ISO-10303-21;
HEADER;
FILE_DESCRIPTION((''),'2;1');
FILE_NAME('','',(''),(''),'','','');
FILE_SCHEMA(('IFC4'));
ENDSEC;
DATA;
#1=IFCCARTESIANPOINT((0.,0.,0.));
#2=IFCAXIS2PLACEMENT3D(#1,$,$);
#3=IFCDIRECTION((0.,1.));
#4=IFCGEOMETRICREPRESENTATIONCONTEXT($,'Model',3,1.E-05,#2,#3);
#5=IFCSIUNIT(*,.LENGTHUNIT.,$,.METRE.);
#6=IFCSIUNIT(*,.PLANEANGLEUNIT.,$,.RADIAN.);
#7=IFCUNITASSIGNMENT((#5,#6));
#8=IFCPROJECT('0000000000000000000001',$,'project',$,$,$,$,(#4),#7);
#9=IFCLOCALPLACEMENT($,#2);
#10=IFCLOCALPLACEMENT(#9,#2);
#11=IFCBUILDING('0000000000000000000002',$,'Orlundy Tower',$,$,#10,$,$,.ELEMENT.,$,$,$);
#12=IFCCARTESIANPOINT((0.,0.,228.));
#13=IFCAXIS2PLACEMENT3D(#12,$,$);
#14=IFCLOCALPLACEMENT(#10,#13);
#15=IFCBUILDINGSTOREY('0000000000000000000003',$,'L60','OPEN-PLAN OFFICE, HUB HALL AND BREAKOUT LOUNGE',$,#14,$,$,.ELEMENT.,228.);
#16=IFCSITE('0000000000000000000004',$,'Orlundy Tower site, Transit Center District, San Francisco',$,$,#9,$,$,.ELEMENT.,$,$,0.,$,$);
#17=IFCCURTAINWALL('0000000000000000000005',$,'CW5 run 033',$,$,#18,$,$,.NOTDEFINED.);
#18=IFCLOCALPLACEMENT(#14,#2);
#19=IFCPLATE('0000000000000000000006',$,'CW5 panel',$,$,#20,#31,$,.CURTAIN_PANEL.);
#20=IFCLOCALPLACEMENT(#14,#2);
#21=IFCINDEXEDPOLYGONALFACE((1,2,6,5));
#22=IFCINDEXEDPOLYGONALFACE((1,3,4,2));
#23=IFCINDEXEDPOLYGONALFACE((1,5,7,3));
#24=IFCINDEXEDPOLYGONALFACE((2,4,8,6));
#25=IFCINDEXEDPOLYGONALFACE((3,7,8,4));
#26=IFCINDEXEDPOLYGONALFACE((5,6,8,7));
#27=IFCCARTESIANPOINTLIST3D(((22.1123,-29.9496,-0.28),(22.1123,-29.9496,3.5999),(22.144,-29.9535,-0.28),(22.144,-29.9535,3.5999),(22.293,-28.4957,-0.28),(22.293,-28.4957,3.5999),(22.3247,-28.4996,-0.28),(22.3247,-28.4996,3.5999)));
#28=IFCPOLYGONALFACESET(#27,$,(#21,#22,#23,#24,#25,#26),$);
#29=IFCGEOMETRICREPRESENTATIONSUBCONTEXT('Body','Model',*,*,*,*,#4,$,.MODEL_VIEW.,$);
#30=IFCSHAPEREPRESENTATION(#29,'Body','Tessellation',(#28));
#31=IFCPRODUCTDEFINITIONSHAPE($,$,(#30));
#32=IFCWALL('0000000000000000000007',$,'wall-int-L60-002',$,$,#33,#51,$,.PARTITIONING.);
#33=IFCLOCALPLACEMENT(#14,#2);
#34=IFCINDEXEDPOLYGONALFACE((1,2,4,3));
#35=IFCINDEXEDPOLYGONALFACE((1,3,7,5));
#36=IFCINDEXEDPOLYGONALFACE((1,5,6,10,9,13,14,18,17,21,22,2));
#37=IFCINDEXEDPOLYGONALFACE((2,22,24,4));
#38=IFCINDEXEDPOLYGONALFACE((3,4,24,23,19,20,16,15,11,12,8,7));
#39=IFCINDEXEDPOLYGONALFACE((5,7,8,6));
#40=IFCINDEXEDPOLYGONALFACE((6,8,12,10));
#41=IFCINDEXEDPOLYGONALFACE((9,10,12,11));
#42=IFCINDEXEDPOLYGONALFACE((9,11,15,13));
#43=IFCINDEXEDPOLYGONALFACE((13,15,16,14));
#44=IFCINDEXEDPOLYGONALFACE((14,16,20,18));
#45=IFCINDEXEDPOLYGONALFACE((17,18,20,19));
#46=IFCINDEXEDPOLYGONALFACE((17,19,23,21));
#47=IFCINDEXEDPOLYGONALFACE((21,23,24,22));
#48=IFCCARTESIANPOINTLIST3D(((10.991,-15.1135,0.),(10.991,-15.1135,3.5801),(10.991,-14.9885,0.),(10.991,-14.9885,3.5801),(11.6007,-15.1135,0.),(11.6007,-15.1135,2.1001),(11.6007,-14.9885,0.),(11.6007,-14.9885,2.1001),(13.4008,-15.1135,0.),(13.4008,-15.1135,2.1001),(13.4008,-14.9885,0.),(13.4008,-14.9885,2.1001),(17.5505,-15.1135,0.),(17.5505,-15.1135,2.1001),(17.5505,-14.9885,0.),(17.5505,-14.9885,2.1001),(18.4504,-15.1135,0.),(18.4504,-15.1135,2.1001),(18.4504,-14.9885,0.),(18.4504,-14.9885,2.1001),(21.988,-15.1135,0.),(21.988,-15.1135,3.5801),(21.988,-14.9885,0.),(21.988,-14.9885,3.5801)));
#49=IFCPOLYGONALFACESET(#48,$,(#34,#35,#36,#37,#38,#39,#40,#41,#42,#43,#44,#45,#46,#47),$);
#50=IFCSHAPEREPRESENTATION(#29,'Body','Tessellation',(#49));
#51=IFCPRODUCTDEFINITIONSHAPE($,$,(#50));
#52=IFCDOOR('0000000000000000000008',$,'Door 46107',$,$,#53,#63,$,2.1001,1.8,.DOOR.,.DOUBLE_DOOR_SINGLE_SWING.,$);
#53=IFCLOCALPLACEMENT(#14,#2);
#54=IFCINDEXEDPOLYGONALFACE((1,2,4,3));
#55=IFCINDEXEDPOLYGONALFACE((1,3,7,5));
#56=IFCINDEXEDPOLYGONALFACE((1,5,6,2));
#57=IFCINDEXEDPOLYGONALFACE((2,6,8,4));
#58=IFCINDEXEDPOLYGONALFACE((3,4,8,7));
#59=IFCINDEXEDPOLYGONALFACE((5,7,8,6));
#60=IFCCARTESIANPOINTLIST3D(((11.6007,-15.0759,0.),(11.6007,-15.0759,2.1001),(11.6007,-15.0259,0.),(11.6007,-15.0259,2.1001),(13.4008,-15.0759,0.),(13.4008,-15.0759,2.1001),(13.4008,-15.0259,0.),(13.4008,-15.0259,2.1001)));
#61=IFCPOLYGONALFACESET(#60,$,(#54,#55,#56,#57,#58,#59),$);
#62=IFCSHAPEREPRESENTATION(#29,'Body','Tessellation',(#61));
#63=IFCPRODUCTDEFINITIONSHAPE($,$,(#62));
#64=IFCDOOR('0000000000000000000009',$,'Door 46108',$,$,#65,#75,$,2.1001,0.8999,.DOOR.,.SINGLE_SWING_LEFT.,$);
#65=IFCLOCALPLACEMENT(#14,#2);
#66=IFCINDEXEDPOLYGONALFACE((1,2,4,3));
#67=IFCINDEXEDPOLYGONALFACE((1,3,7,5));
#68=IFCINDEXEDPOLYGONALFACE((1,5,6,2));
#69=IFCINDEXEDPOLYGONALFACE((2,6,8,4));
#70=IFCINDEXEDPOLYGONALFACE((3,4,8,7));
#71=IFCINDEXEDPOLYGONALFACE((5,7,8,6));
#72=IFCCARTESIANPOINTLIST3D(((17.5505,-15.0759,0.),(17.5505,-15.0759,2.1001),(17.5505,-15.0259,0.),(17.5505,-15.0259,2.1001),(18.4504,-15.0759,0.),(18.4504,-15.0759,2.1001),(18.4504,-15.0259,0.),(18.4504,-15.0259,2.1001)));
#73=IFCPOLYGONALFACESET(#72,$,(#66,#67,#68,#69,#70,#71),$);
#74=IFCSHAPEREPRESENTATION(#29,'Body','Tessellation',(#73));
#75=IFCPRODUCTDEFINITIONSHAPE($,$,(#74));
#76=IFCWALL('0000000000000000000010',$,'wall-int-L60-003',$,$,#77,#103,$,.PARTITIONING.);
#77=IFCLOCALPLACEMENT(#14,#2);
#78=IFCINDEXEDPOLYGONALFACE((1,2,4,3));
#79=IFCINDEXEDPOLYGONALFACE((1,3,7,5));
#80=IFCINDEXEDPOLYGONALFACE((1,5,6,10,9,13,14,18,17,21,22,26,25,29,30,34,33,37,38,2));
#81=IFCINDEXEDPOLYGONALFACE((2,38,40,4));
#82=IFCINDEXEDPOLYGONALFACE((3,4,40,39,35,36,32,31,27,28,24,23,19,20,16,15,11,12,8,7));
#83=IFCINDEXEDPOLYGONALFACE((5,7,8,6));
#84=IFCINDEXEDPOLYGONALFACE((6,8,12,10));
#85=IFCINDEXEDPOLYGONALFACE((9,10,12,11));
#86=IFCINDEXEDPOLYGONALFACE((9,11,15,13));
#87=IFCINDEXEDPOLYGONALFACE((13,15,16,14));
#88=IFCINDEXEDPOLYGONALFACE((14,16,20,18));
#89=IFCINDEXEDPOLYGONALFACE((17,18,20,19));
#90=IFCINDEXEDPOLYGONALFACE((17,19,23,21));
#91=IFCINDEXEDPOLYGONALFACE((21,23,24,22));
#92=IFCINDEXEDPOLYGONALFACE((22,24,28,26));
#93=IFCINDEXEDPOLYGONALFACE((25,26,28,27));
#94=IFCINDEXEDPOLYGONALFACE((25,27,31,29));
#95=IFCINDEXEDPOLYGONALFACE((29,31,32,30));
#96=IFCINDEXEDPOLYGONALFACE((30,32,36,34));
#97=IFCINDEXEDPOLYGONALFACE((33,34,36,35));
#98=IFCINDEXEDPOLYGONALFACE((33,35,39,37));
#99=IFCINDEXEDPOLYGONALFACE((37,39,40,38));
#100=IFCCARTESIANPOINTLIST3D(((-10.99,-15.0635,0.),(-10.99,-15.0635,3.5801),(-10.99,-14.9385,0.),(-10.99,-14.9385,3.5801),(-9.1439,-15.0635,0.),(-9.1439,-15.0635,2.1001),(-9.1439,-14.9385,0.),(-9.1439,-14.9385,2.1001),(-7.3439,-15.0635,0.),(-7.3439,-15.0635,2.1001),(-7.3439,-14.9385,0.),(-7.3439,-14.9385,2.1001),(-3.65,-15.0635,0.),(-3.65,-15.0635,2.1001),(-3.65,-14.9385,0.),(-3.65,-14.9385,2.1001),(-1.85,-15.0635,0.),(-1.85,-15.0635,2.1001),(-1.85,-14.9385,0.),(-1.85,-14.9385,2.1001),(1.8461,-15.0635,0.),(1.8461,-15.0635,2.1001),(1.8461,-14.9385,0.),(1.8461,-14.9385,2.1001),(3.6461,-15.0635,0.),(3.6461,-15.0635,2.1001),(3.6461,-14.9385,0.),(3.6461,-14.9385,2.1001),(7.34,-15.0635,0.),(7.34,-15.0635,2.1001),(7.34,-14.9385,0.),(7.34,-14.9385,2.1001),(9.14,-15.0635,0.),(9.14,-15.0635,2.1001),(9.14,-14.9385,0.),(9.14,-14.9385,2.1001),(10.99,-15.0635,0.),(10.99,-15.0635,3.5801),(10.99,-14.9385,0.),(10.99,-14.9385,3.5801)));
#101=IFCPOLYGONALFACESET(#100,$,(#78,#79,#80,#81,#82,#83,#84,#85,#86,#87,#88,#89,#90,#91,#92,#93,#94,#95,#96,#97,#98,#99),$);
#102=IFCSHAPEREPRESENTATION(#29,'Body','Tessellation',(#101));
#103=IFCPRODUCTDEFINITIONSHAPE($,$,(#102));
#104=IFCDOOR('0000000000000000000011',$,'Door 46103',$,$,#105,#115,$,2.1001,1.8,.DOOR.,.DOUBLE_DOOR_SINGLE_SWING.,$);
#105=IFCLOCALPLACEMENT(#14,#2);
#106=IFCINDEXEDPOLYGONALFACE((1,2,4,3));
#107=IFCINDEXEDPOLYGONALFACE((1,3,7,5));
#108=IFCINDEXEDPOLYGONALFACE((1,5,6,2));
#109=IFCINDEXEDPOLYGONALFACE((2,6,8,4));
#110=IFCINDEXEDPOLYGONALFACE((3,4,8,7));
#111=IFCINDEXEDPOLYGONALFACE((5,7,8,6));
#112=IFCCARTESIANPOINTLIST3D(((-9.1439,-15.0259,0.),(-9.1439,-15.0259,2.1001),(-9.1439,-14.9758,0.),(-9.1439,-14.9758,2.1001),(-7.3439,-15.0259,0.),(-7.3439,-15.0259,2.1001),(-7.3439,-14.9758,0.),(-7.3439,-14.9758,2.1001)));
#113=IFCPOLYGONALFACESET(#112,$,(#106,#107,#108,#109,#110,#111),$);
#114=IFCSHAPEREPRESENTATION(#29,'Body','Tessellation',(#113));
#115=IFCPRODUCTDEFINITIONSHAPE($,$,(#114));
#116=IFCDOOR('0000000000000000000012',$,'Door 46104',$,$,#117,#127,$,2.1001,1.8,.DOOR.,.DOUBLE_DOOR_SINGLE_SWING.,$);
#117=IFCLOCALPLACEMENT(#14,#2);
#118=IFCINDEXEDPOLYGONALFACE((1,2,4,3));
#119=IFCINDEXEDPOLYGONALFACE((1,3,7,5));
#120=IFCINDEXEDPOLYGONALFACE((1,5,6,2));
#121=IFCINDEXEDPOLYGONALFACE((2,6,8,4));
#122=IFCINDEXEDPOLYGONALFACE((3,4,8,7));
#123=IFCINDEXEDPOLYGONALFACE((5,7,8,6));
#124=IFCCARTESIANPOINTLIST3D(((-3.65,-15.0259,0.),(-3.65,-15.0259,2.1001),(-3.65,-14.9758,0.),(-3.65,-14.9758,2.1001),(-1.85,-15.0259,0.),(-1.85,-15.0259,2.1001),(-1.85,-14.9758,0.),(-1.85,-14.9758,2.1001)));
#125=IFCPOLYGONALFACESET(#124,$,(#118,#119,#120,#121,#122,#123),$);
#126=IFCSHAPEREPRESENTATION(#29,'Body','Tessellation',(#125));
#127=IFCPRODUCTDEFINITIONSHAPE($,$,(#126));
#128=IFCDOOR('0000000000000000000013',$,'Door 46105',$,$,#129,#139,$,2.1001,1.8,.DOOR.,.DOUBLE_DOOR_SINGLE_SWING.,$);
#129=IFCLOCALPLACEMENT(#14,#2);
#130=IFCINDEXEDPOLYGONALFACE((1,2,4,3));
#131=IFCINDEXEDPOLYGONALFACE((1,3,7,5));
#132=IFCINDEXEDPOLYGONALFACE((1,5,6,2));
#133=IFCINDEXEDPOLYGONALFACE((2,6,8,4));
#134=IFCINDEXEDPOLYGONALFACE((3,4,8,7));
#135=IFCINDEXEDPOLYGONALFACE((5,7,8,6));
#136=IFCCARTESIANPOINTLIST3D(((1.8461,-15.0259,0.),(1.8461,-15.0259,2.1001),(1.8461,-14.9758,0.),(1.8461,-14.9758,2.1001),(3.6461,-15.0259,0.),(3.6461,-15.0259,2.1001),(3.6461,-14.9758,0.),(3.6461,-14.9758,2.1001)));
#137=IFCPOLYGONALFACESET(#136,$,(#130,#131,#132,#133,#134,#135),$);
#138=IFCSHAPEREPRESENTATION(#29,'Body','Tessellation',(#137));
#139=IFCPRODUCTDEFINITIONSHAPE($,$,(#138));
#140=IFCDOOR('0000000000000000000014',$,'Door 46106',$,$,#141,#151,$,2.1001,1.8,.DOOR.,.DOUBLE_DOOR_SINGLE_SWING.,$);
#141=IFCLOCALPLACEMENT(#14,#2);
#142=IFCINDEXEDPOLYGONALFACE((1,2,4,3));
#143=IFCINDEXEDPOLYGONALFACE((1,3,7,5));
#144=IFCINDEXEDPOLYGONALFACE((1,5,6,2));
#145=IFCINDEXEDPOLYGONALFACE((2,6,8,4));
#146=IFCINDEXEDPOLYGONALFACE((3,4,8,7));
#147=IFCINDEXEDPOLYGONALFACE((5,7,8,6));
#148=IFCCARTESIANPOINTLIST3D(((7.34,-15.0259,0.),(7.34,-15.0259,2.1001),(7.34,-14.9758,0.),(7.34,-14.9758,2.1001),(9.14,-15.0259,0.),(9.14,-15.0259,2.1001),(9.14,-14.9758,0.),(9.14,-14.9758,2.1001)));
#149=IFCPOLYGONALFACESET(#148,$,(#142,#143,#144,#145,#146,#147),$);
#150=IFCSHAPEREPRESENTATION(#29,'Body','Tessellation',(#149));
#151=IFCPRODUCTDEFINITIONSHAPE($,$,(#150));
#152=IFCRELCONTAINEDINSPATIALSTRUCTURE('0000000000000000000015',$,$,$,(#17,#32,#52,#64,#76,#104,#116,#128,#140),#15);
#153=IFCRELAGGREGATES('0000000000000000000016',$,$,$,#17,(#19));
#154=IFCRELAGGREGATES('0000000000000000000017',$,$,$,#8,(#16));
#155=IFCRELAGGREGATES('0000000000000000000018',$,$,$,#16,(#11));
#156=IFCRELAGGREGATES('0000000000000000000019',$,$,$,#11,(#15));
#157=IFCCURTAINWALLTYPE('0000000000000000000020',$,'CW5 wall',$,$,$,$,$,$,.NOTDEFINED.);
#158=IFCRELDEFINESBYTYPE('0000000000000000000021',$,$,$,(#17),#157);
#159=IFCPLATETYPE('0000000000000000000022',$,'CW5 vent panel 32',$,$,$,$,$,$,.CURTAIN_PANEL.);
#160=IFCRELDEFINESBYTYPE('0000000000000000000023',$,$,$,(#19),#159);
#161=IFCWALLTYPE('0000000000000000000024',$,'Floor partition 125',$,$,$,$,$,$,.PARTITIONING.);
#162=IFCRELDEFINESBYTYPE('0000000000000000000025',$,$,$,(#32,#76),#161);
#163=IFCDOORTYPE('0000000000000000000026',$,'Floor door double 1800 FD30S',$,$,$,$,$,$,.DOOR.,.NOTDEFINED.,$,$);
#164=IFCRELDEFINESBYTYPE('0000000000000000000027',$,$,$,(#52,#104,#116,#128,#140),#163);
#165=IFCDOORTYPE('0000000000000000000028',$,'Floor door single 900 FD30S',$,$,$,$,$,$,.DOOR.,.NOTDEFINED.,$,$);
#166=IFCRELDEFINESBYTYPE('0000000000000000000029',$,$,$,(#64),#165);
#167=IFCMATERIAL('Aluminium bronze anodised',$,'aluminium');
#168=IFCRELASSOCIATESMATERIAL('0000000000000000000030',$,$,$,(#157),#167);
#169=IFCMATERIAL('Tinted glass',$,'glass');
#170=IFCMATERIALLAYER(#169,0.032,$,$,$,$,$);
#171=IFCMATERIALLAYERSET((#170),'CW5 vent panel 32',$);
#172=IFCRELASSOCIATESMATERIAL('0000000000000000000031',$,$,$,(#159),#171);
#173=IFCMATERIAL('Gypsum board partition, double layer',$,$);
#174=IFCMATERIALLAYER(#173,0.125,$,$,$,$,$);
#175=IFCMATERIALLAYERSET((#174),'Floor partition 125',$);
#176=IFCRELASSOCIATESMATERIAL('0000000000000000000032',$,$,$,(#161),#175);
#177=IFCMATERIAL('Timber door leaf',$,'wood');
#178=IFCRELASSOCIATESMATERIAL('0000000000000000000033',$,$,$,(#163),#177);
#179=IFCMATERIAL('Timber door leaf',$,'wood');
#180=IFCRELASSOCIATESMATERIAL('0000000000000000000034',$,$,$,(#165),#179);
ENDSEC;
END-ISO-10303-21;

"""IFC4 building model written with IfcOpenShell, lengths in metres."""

from ifc_helpers import new_model, si_unit, direction, frame, frame_2d, origin, origin_2d, place, context, subcontext, project, spatial, rectangle, extrude, material, layer, layer_set, type_object, element, fill, aggregate, save


model = new_model("IFC4")

# Units and contexts
model_context = context("Model", 3, precision=1e-05, world=origin(), true_north=direction((0.0, 1.0)))
body_context = subcontext(model_context, "Body", "Model", "MODEL_VIEW")
ifc_project = project(units=[si_unit("LENGTHUNIT", "METRE"), si_unit("PLANEANGLEUNIT", "RADIAN")], contexts=[model_context])

# Site, building, storey
site_placement = place(None, origin())
site = spatial("IfcSite", under=ifc_project, at=site_placement, Name="Orlundy Tower site, Transit Center District, San Francisco", CompositionType="ELEMENT", RefElevation=0.0)
building_placement = place(site_placement, origin())
building = spatial("IfcBuilding", under=site, at=building_placement, Name="Orlundy Tower", CompositionType="ELEMENT")
storey_placement = place(building_placement, frame((0.0, 0.0, 228.0)))
storey = spatial("IfcBuildingStorey", under=building, at=storey_placement, Name="L60", Description="OPEN-PLAN OFFICE, HUB HALL AND BREAKOUT LOUNGE", CompositionType="ELEMENT", Elevation=228.0)

# Curtain wall
ifc_material_1 = material(Name="Aluminium bronze anodised", Category="aluminium")
curtain_wall_type = type_object("IfcCurtainWallType", Name="CW5 wall", PredefinedType="NOTDEFINED", material=ifc_material_1)
curtain_wall_1_placement = place(storey_placement, origin())
curtain_wall_1 = element("IfcCurtainWall", 1, at=curtain_wall_1_placement, inside=storey, type_object=curtain_wall_type, Name="CW5 run 033", PredefinedType="NOTDEFINED")

# Shared definitions
ifc_material_2 = material(Name="Tinted glass", Category="glass")
ifc_layer_1 = layer(ifc_material_2, 0.032)
ifc_layer_set_1 = layer_set([ifc_layer_1], Name="CW5 vent panel 32")
plate_type_1 = type_object("IfcPlateType", Name="CW5 vent panel 32", PredefinedType="CURTAIN_PANEL", material=ifc_layer_set_1)

# Plate
plate_1_placement = place(storey_placement, frame((22.2185, -29.2246, -0.28), z_axis=(0.0, 0.0, 1.0), x_axis=(-0.123304, -0.992369, 0.0)))
plate_1 = element("IfcPlate", 2, at=plate_1_placement, type_object=plate_type_1, Name="CW5 panel", PredefinedType="CURTAIN_PANEL", context=body_context, shape_type="SweptSolid", body=[
    extrude(rectangle(XDim=1.4651, YDim=0.032, at=origin_2d()), origin(), (0.0, 0.0, 1.0), 3.8799),
])
aggregate(curtain_wall_1, [plate_1])

# Walls, openings, doors
ifc_material_3 = material(Name="Gypsum board partition, double layer")
ifc_layer_2 = layer(ifc_material_3, 0.125)
ifc_layer_set_2 = layer_set([ifc_layer_2], Name="Floor partition 125")
wall_type = type_object("IfcWallType", Name="Floor partition 125", PredefinedType="PARTITIONING", material=ifc_layer_set_2)
wall_1_placement = place(storey_placement, frame((21.988, -15.051, 0.0), z_axis=(0.0, 0.0, 1.0), x_axis=(-1.0, 0.0, 0.0)))
wall_1 = element("IfcWall", 3, at=wall_1_placement, inside=storey, type_object=wall_type, Name="wall-int-L60-002", PredefinedType="PARTITIONING", context=body_context, shape_type="SweptSolid", body=[
    extrude(rectangle(XDim=10.9971, YDim=0.125, at=frame_2d((5.4985, 0.0))), origin(), (0.0, 0.0, 1.0), 3.5801),
])
opening_1_placement = place(wall_1_placement, frame((8.5874, 0.0, 0.0)))
opening_1 = element("IfcOpeningElement", 4, at=opening_1_placement, cuts=wall_1, PredefinedType="OPENING", context=body_context, shape_type="SweptSolid", body=[
    extrude(rectangle(XDim=1.8, YDim=2.1001, at=frame_2d((0.8999, 1.05))), frame((0.0, 0.0725, 0.0), z_axis=(0.0, -1.0, 0.0), x_axis=(1.0, 0.0, 0.0)), (0.0, 0.0, 1.0), 0.145),
])
opening_2_placement = place(wall_1_placement, frame((3.5376, 0.0, 0.0)))
opening_2 = element("IfcOpeningElement", 5, at=opening_2_placement, cuts=wall_1, PredefinedType="OPENING", context=body_context, shape_type="SweptSolid", body=[
    extrude(rectangle(XDim=0.8999, YDim=2.1001, at=frame_2d((0.45, 1.05))), frame((0.0, 0.0725, 0.0), z_axis=(0.0, -1.0, 0.0), x_axis=(1.0, 0.0, 0.0)), (0.0, 0.0, 1.0), 0.145),
])
ifc_material_4 = material(Name="Timber door leaf", Category="wood")
door_type_1 = type_object("IfcDoorType", Name="Floor door double 1800 FD30S", OperationType="NOTDEFINED", PredefinedType="DOOR", material=ifc_material_4)
door_1_placement = place(opening_1_placement, origin())
door_1 = element("IfcDoor", 6, at=door_1_placement, inside=storey, type_object=door_type_1, Name="Door 46107", OperationType="DOUBLE_DOOR_SINGLE_SWING", OverallHeight=2.1001, OverallWidth=1.8, PredefinedType="DOOR", context=body_context, shape_type="SweptSolid", body=[
    extrude(rectangle(XDim=1.8, YDim=2.1001, at=frame_2d((0.8999, 1.05))), frame((0.0, 0.0249, 0.0), z_axis=(0.0, -1.0, 0.0), x_axis=(1.0, 0.0, 0.0)), (0.0, 0.0, 1.0), 0.05),
])
fill(opening_1, door_1)
ifc_material_5 = material(Name="Timber door leaf", Category="wood")
door_type_2 = type_object("IfcDoorType", Name="Floor door single 900 FD30S", OperationType="NOTDEFINED", PredefinedType="DOOR", material=ifc_material_5)
door_2_placement = place(opening_2_placement, origin())
door_2 = element("IfcDoor", 7, at=door_2_placement, inside=storey, type_object=door_type_2, Name="Door 46108", OperationType="SINGLE_SWING_LEFT", OverallHeight=2.1001, OverallWidth=0.8999, PredefinedType="DOOR", context=body_context, shape_type="SweptSolid", body=[
    extrude(rectangle(XDim=0.8999, YDim=2.1001, at=frame_2d((0.45, 1.05))), frame((0.0, 0.0249, 0.0), z_axis=(0.0, -1.0, 0.0), x_axis=(1.0, 0.0, 0.0)), (0.0, 0.0, 1.0), 0.05),
])
fill(opening_2, door_2)
wall_2_placement = place(storey_placement, frame((10.99, -15.001, 0.0), z_axis=(0.0, 0.0, 1.0), x_axis=(-1.0, 0.0, 0.0)))
wall_2 = element("IfcWall", 8, at=wall_2_placement, inside=storey, type_object=wall_type, Name="wall-int-L60-003", PredefinedType="PARTITIONING", context=body_context, shape_type="SweptSolid", body=[
    extrude(rectangle(XDim=21.98, YDim=0.125, at=frame_2d((10.99, 0.0))), origin(), (0.0, 0.0, 1.0), 3.5801),
])
opening_3_placement = place(wall_2_placement, frame((18.334, 0.0, 0.0)))
opening_3 = element("IfcOpeningElement", 9, at=opening_3_placement, cuts=wall_2, PredefinedType="OPENING", context=body_context, shape_type="SweptSolid", body=[
    extrude(rectangle(XDim=1.8, YDim=2.1001, at=frame_2d((0.8999, 1.05))), frame((0.0, 0.0725, 0.0), z_axis=(0.0, -1.0, 0.0), x_axis=(1.0, 0.0, 0.0)), (0.0, 0.0, 1.0), 0.145),
])
opening_4_placement = place(wall_2_placement, frame((12.8401, 0.0, 0.0)))
opening_4 = element("IfcOpeningElement", 10, at=opening_4_placement, cuts=wall_2, PredefinedType="OPENING", context=body_context, shape_type="SweptSolid", body=[
    extrude(rectangle(XDim=1.8, YDim=2.1001, at=frame_2d((0.8999, 1.05))), frame((0.0, 0.0725, 0.0), z_axis=(0.0, -1.0, 0.0), x_axis=(1.0, 0.0, 0.0)), (0.0, 0.0, 1.0), 0.145),
])
opening_5_placement = place(wall_2_placement, frame((7.344, 0.0, 0.0)))
opening_5 = element("IfcOpeningElement", 11, at=opening_5_placement, cuts=wall_2, PredefinedType="OPENING", context=body_context, shape_type="SweptSolid", body=[
    extrude(rectangle(XDim=1.8, YDim=2.1001, at=frame_2d((0.8999, 1.05))), frame((0.0, 0.0725, 0.0), z_axis=(0.0, -1.0, 0.0), x_axis=(1.0, 0.0, 0.0)), (0.0, 0.0, 1.0), 0.145),
])
opening_6_placement = place(wall_2_placement, frame((1.8501, 0.0, 0.0)))
opening_6 = element("IfcOpeningElement", 12, at=opening_6_placement, cuts=wall_2, PredefinedType="OPENING", context=body_context, shape_type="SweptSolid", body=[
    extrude(rectangle(XDim=1.8, YDim=2.1001, at=frame_2d((0.8999, 1.05))), frame((0.0, 0.0725, 0.0), z_axis=(0.0, -1.0, 0.0), x_axis=(1.0, 0.0, 0.0)), (0.0, 0.0, 1.0), 0.145),
])
door_3_placement = place(opening_3_placement, origin())
door_3 = element("IfcDoor", 13, at=door_3_placement, inside=storey, type_object=door_type_1, Name="Door 46103", OperationType="DOUBLE_DOOR_SINGLE_SWING", OverallHeight=2.1001, OverallWidth=1.8, PredefinedType="DOOR", context=body_context, shape_type="SweptSolid", body=[
    extrude(rectangle(XDim=1.8, YDim=2.1001, at=frame_2d((0.8999, 1.05))), frame((0.0, 0.0249, 0.0), z_axis=(0.0, -1.0, 0.0), x_axis=(1.0, 0.0, 0.0)), (0.0, 0.0, 1.0), 0.05),
])
fill(opening_3, door_3)
door_4_placement = place(opening_4_placement, origin())
door_4 = element("IfcDoor", 14, at=door_4_placement, inside=storey, type_object=door_type_1, Name="Door 46104", OperationType="DOUBLE_DOOR_SINGLE_SWING", OverallHeight=2.1001, OverallWidth=1.8, PredefinedType="DOOR", context=body_context, shape_type="SweptSolid", body=[
    extrude(rectangle(XDim=1.8, YDim=2.1001, at=frame_2d((0.8999, 1.05))), frame((0.0, 0.0249, 0.0), z_axis=(0.0, -1.0, 0.0), x_axis=(1.0, 0.0, 0.0)), (0.0, 0.0, 1.0), 0.05),
])
fill(opening_4, door_4)
door_5_placement = place(opening_5_placement, origin())
door_5 = element("IfcDoor", 15, at=door_5_placement, inside=storey, type_object=door_type_1, Name="Door 46105", OperationType="DOUBLE_DOOR_SINGLE_SWING", OverallHeight=2.1001, OverallWidth=1.8, PredefinedType="DOOR", context=body_context, shape_type="SweptSolid", body=[
    extrude(rectangle(XDim=1.8, YDim=2.1001, at=frame_2d((0.8999, 1.05))), frame((0.0, 0.0249, 0.0), z_axis=(0.0, -1.0, 0.0), x_axis=(1.0, 0.0, 0.0)), (0.0, 0.0, 1.0), 0.05),
])
fill(opening_5, door_5)
door_6_placement = place(opening_6_placement, origin())
door_6 = element("IfcDoor", 16, at=door_6_placement, inside=storey, type_object=door_type_1, Name="Door 46106", OperationType="DOUBLE_DOOR_SINGLE_SWING", OverallHeight=2.1001, OverallWidth=1.8, PredefinedType="DOOR", context=body_context, shape_type="SweptSolid", body=[
    extrude(rectangle(XDim=1.8, YDim=2.1001, at=frame_2d((0.8999, 1.05))), frame((0.0, 0.0249, 0.0), z_axis=(0.0, -1.0, 0.0), x_axis=(1.0, 0.0, 0.0)), (0.0, 0.0, 1.0), 0.05),
])
fill(opening_6, door_6)

save(model, "model.ifc")
